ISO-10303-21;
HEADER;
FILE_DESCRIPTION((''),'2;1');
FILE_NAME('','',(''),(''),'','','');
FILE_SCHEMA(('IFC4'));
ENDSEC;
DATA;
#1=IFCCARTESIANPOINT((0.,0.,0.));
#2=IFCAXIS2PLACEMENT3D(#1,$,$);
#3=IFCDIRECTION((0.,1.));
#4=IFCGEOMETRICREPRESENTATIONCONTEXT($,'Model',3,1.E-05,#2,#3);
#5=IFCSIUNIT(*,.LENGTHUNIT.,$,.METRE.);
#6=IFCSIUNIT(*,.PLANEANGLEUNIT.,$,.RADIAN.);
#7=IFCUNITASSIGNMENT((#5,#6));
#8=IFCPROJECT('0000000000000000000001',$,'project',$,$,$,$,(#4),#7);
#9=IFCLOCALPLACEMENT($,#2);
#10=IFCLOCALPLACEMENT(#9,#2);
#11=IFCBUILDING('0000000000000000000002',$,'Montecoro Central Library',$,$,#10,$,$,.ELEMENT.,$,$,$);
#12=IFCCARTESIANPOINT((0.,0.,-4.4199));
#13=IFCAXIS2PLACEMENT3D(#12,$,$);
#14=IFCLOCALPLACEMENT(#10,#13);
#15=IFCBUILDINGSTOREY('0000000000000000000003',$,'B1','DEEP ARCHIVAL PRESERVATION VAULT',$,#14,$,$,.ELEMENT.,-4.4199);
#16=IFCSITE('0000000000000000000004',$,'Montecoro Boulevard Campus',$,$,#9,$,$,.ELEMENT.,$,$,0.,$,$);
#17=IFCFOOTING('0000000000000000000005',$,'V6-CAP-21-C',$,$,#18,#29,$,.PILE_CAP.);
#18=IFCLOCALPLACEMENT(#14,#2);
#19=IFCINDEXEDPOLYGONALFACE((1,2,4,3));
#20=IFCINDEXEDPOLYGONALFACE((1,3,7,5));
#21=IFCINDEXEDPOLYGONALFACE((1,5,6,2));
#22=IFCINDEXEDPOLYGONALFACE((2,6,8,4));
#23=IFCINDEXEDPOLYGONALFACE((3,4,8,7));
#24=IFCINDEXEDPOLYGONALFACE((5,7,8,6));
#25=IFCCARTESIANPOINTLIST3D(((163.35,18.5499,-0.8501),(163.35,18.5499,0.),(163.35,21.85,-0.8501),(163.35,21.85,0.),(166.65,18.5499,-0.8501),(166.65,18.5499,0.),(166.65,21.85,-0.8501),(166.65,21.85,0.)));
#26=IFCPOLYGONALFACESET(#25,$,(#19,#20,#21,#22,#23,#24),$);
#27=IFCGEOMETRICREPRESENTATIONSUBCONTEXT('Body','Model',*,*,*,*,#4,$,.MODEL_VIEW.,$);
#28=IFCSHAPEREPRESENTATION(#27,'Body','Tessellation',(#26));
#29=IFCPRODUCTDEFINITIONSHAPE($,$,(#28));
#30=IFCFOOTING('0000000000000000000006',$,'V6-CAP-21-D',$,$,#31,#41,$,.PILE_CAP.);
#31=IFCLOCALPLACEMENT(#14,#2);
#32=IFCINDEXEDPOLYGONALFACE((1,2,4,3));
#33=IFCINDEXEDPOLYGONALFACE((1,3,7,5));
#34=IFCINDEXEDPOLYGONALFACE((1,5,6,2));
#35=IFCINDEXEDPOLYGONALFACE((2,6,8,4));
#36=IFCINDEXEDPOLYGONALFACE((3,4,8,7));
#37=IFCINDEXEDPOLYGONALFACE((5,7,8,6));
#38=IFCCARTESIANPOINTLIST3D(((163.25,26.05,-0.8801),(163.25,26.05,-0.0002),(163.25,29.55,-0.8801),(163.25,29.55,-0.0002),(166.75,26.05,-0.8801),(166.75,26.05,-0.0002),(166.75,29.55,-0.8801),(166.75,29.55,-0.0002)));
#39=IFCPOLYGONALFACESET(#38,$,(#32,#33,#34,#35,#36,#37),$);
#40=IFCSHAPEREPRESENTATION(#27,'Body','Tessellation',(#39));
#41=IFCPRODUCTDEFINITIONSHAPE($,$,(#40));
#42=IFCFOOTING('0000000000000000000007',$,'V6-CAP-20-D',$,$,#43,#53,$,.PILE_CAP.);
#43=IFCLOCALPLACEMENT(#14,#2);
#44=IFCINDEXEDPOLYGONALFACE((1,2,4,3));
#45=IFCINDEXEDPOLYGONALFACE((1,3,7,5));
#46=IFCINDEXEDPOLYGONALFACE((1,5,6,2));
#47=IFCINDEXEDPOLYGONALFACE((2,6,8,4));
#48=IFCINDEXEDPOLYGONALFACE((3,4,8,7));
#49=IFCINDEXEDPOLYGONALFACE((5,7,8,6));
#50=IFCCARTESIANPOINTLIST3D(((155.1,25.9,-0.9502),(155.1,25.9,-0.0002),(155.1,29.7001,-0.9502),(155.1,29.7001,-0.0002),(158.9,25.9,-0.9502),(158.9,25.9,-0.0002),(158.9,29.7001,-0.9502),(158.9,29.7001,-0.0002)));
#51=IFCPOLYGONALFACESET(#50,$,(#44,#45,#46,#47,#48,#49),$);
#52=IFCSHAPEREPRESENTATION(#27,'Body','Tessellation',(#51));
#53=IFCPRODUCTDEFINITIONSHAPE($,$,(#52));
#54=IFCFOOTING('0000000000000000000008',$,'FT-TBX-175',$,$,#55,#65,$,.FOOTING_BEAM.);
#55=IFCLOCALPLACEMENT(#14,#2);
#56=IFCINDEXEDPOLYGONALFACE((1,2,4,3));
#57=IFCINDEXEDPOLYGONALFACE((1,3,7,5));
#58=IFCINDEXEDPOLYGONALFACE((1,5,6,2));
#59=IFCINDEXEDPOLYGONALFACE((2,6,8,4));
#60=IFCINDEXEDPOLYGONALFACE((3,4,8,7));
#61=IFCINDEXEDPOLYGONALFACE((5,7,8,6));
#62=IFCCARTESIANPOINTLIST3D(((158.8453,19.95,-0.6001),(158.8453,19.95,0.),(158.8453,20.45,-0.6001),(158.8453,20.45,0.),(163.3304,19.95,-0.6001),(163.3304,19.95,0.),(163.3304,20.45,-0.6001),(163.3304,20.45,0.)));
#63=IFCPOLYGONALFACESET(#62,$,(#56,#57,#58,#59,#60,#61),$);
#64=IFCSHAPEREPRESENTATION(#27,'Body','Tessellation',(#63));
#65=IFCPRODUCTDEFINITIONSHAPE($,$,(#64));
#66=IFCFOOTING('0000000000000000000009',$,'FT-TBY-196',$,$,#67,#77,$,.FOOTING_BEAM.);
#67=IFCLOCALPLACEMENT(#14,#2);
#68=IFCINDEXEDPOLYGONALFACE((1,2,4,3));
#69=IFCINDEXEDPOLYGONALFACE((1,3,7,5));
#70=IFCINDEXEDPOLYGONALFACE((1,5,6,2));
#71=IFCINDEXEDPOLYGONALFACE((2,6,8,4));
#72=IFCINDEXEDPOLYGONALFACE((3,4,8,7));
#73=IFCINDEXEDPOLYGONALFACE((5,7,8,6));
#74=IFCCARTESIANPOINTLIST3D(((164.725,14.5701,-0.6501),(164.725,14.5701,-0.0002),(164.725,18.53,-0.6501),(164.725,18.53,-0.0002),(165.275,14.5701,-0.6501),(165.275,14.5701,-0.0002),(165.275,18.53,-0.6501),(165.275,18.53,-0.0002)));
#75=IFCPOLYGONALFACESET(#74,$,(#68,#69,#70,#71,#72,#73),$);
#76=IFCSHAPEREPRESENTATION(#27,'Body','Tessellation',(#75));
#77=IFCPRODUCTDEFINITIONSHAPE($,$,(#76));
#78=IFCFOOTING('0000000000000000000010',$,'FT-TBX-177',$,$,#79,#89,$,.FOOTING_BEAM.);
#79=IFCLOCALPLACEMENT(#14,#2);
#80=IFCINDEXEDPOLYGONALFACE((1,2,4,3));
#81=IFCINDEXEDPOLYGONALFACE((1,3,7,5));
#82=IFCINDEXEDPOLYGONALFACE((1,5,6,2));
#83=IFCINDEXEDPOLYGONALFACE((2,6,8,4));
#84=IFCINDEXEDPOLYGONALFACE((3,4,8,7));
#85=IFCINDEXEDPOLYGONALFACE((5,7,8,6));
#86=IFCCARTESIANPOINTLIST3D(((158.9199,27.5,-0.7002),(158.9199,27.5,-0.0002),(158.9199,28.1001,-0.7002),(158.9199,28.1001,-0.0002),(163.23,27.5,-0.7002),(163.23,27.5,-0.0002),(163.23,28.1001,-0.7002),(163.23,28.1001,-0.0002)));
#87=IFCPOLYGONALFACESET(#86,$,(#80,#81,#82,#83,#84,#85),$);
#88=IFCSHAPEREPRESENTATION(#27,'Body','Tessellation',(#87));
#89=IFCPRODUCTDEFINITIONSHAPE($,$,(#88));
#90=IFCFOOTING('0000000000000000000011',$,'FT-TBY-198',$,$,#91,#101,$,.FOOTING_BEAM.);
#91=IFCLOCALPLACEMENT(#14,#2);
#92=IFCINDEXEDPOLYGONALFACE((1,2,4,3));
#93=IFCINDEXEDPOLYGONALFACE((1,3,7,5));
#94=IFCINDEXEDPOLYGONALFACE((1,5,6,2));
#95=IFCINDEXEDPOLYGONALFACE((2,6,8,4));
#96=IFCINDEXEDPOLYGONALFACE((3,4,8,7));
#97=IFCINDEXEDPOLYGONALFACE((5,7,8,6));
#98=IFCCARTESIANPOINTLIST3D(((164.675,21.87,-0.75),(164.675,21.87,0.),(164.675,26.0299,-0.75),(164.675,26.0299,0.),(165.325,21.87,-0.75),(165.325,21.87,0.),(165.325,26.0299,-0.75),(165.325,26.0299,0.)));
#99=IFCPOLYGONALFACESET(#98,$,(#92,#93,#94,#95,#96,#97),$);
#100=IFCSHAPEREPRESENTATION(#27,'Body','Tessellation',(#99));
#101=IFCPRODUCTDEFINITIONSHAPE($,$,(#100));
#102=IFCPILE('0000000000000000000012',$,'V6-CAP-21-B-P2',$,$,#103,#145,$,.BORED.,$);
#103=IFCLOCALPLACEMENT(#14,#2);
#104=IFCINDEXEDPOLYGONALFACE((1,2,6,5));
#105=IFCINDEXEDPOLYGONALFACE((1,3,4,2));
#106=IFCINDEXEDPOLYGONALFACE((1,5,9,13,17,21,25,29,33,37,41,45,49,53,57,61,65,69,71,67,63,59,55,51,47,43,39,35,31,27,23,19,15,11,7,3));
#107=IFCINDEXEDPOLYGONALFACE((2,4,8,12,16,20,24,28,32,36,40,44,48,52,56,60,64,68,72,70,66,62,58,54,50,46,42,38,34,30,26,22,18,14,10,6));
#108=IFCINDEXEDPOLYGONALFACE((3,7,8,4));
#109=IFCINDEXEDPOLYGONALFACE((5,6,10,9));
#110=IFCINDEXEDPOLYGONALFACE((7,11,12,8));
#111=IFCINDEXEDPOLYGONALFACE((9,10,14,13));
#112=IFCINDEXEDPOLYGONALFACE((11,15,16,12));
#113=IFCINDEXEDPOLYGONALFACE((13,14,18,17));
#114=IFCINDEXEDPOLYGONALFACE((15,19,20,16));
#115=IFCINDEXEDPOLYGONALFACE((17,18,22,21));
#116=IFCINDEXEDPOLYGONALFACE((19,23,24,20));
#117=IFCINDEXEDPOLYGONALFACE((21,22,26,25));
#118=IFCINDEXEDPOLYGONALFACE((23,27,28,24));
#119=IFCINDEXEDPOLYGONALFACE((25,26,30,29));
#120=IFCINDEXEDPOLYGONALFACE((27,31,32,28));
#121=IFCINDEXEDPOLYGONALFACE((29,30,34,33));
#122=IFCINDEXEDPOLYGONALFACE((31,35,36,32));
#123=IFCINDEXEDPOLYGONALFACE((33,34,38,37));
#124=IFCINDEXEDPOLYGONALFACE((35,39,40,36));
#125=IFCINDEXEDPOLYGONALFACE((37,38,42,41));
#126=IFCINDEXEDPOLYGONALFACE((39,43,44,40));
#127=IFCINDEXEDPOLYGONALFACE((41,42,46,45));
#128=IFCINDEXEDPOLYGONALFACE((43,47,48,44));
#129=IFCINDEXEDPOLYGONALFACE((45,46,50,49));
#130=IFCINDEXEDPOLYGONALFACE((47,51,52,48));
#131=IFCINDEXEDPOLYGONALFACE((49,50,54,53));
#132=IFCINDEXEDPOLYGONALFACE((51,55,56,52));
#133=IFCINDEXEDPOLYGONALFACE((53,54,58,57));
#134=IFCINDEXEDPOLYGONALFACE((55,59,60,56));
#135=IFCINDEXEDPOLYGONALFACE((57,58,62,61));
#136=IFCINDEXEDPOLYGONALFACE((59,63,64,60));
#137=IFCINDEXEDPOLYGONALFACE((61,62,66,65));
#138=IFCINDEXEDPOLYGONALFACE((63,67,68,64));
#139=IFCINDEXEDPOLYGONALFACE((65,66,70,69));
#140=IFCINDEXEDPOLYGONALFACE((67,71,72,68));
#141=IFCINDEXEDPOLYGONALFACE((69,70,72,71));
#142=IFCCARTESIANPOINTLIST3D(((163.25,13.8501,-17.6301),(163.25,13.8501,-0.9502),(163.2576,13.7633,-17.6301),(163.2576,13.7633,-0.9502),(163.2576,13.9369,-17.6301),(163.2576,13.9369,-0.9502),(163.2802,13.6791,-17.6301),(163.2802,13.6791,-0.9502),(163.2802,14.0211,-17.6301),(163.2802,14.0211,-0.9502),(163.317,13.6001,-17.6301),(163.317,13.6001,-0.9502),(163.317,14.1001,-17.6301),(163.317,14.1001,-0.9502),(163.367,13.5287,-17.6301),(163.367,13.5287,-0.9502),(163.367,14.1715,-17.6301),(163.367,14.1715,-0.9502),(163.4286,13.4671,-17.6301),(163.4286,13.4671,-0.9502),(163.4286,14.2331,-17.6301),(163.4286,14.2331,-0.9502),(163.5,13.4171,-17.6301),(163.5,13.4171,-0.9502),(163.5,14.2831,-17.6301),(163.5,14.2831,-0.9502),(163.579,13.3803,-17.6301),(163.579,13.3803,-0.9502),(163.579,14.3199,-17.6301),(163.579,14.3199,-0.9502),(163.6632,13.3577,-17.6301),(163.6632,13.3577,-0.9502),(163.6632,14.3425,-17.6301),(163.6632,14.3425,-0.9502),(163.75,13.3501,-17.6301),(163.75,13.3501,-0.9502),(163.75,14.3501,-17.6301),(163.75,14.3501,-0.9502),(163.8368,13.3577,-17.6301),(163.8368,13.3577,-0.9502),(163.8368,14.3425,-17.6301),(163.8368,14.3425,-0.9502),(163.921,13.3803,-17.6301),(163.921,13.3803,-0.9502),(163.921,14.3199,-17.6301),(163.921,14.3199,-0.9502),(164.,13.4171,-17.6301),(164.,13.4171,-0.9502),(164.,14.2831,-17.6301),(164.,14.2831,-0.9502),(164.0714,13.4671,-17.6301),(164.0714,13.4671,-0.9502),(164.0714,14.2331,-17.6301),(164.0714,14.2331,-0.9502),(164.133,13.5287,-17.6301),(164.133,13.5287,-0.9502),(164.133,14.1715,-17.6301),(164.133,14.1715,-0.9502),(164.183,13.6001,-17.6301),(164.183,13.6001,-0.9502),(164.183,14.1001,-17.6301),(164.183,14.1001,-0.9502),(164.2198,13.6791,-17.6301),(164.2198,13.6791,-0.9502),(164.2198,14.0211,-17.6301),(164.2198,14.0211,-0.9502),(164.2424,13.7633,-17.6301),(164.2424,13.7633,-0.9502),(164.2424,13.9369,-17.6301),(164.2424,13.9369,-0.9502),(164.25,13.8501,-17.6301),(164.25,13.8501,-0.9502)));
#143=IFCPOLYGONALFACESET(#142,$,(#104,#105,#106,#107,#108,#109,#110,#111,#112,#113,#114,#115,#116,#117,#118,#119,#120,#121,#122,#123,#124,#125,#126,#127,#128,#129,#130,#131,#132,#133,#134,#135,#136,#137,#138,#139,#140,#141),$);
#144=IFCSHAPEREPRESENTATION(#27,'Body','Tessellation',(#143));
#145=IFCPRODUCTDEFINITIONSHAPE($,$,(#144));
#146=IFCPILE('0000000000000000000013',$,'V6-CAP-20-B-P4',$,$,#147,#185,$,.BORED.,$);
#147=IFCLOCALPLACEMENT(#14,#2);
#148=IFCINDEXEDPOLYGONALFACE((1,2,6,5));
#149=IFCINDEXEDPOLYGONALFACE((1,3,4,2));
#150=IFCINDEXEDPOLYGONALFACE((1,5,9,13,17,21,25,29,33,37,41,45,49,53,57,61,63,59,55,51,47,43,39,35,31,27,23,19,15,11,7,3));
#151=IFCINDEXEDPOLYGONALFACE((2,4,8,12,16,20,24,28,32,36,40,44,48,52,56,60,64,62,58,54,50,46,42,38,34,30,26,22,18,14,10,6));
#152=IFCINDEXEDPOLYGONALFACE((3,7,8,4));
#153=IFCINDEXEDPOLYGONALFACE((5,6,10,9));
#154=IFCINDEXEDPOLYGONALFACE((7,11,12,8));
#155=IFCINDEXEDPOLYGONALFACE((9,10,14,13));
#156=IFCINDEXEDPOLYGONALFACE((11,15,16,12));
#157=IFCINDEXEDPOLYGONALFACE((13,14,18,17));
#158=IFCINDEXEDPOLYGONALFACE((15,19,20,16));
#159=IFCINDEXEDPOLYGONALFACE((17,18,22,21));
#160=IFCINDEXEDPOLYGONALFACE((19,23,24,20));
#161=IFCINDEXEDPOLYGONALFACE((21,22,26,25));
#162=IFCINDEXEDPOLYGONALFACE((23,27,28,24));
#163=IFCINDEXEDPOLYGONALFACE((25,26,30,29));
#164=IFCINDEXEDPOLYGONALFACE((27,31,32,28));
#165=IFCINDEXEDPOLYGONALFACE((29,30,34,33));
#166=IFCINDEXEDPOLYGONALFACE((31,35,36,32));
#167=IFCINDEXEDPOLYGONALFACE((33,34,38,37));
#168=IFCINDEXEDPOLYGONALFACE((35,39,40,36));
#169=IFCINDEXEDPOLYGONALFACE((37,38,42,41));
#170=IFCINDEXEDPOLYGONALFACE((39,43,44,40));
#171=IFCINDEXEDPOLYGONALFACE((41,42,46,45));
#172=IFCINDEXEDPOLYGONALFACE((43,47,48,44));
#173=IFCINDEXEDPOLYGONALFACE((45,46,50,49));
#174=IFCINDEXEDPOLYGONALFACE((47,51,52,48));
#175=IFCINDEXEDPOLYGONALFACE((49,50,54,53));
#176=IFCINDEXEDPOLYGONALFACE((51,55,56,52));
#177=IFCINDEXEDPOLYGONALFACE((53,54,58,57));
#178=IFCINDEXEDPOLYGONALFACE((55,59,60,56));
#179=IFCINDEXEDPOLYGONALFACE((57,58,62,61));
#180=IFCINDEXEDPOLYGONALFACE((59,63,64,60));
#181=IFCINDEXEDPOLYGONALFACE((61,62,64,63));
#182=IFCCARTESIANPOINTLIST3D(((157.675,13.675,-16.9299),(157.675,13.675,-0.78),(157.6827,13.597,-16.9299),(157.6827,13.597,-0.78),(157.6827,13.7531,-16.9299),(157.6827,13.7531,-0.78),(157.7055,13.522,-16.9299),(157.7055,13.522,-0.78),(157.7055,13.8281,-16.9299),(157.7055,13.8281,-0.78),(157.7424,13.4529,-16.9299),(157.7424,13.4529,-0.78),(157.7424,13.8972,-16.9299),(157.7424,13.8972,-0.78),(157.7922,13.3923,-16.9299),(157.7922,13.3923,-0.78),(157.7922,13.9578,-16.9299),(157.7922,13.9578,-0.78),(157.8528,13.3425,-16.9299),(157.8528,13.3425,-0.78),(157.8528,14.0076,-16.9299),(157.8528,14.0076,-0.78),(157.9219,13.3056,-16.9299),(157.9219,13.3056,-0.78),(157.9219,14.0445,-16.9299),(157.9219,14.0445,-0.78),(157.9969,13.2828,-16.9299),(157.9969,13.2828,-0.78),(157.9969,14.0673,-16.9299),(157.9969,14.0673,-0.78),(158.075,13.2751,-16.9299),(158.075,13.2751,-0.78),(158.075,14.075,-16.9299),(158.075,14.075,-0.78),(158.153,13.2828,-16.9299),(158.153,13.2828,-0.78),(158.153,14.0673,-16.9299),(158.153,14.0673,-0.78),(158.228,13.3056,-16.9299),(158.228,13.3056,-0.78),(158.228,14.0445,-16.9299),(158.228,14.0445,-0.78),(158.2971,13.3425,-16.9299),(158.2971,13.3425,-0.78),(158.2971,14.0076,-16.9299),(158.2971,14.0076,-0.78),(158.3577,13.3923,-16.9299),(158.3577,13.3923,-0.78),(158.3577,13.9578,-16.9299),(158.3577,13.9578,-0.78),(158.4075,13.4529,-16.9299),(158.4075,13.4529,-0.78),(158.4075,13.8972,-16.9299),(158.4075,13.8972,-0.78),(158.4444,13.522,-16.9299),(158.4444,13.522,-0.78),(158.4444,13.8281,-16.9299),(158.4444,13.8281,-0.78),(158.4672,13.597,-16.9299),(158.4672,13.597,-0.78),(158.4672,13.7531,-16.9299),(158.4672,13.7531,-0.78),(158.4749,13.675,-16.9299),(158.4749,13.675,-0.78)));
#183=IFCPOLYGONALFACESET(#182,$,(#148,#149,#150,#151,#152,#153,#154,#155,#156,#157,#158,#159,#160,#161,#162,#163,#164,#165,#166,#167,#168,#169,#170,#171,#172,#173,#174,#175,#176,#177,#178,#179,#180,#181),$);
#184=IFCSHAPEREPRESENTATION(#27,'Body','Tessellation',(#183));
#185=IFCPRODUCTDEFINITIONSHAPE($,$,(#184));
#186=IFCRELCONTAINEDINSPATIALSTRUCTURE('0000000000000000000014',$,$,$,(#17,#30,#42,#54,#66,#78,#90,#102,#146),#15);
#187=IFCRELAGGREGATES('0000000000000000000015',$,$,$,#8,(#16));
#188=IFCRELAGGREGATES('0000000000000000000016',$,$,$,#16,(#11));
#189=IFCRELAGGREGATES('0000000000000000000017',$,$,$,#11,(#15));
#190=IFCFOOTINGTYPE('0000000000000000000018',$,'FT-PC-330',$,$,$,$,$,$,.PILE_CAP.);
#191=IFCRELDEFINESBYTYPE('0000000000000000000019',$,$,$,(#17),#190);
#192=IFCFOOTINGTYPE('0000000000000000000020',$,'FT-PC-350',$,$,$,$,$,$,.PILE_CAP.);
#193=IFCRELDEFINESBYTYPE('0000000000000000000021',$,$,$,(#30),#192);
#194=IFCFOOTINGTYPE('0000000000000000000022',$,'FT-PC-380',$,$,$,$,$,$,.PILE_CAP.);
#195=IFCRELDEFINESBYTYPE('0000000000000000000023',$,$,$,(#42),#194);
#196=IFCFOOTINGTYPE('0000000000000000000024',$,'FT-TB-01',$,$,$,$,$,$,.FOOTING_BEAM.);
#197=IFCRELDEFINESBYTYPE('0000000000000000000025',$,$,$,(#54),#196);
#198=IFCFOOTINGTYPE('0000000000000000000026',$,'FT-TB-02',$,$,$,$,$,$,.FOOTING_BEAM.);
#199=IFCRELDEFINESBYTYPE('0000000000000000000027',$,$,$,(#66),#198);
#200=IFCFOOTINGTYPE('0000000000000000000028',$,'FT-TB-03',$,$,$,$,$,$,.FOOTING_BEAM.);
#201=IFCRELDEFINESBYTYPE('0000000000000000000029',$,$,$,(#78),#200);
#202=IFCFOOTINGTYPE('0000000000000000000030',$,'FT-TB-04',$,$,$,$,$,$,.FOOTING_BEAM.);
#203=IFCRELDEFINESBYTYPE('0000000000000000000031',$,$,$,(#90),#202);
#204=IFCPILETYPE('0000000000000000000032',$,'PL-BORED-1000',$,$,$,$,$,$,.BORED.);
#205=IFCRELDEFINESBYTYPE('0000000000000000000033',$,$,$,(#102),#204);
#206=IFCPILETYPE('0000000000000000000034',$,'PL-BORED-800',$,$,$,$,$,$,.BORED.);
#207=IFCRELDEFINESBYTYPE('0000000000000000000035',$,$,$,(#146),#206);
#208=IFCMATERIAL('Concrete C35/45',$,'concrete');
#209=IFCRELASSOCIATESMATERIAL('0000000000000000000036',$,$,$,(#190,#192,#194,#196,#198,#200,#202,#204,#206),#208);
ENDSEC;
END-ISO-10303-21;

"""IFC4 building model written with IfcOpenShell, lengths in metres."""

from ifc_helpers import new_model, si_unit, direction, frame, origin, origin_2d, place, context, subcontext, project, spatial, rectangle, circle, extrude, material, material_profile, profile_set, type_object, element, save


model = new_model("IFC4")

# Units and contexts
model_context = context("Model", 3, precision=1e-05, world=origin(), true_north=direction((0.0, 1.0)))
body_context = subcontext(model_context, "Body", "Model", "MODEL_VIEW")
ifc_project = project(units=[si_unit("LENGTHUNIT", "METRE"), si_unit("PLANEANGLEUNIT", "RADIAN")], contexts=[model_context])

# Site, building, storey
site_placement = place(None, origin())
site = spatial("IfcSite", under=ifc_project, at=site_placement, Name="Montecoro Boulevard Campus", CompositionType="ELEMENT", RefElevation=0.0)
building_placement = place(site_placement, origin())
building = spatial("IfcBuilding", under=site, at=building_placement, Name="Montecoro Central Library", CompositionType="ELEMENT")
storey_placement = place(building_placement, frame((0.0, 0.0, -4.4199)))
storey = spatial("IfcBuildingStorey", under=building, at=storey_placement, Name="B1", Description="DEEP ARCHIVAL PRESERVATION VAULT", CompositionType="ELEMENT", Elevation=-4.4199)

# Footings
ifc_material_1 = material(Name="Concrete C35/45", Category="concrete")
footing_type_1 = type_object("IfcFootingType", Name="FT-PC-330", PredefinedType="PILE_CAP", material=ifc_material_1)
footing_1_placement = place(storey_placement, frame((165.0, 20.2, -0.8501), z_axis=(0.0, 0.0, 1.0), x_axis=(1.0, 0.0, 0.0)))
element("IfcFooting", 1, at=footing_1_placement, inside=storey, type_object=footing_type_1, Name="V6-CAP-21-C", PredefinedType="PILE_CAP", context=body_context, shape_type="SweptSolid", body=[
    extrude(rectangle(XDim=3.3, YDim=3.3, at=origin_2d()), origin(), (0.0, 0.0, 1.0), 0.8501),
])
footing_type_2 = type_object("IfcFootingType", Name="FT-PC-350", PredefinedType="PILE_CAP", material=ifc_material_1)
footing_2_placement = place(storey_placement, frame((165.0, 27.8, -0.8801), z_axis=(0.0, 0.0, 1.0), x_axis=(1.0, 0.0, 0.0)))
element("IfcFooting", 2, at=footing_2_placement, inside=storey, type_object=footing_type_2, Name="V6-CAP-21-D", PredefinedType="PILE_CAP", context=body_context, shape_type="SweptSolid", body=[
    extrude(rectangle(XDim=3.5, YDim=3.5, at=origin_2d()), origin(), (0.0, 0.0, 1.0), 0.8799),
])
footing_type_3 = type_object("IfcFootingType", Name="FT-PC-380", PredefinedType="PILE_CAP", material=ifc_material_1)
footing_3_placement = place(storey_placement, frame((157.0, 27.8, -0.9502), z_axis=(0.0, 0.0, 1.0), x_axis=(1.0, 0.0, 0.0)))
element("IfcFooting", 3, at=footing_3_placement, inside=storey, type_object=footing_type_3, Name="V6-CAP-20-D", PredefinedType="PILE_CAP", context=body_context, shape_type="SweptSolid", body=[
    extrude(rectangle(XDim=3.8, YDim=3.8, at=origin_2d()), origin(), (0.0, 0.0, 1.0), 0.95),
])
footing_type_4 = type_object("IfcFootingType", Name="FT-TB-01", PredefinedType="FOOTING_BEAM", material=ifc_material_1)
footing_4_placement = place(storey_placement, frame((161.0879, 20.2, -0.6001), z_axis=(0.0, 0.0, 1.0), x_axis=(1.0, 0.0, 0.0)))
element("IfcFooting", 4, at=footing_4_placement, inside=storey, type_object=footing_type_4, Name="FT-TBX-175", PredefinedType="FOOTING_BEAM", context=body_context, shape_type="SweptSolid", body=[
    extrude(rectangle(XDim=4.4851, YDim=0.5, at=origin_2d()), origin(), (0.0, 0.0, 1.0), 0.6001),
])
footing_type_5 = type_object("IfcFootingType", Name="FT-TB-02", PredefinedType="FOOTING_BEAM", material=ifc_material_1)
footing_5_placement = place(storey_placement, frame((165.0, 16.55, -0.6501), z_axis=(0.0, 0.0, 1.0), x_axis=(1.0, 0.0, 0.0)))
element("IfcFooting", 5, at=footing_5_placement, inside=storey, type_object=footing_type_5, Name="FT-TBY-196", PredefinedType="FOOTING_BEAM", context=body_context, shape_type="SweptSolid", body=[
    extrude(rectangle(XDim=0.55, YDim=3.96, at=origin_2d()), origin(), (0.0, 0.0, 1.0), 0.6499),
])
footing_type_6 = type_object("IfcFootingType", Name="FT-TB-03", PredefinedType="FOOTING_BEAM", material=ifc_material_1)
footing_6_placement = place(storey_placement, frame((161.075, 27.8, -0.7002), z_axis=(0.0, 0.0, 1.0), x_axis=(1.0, 0.0, 0.0)))
element("IfcFooting", 6, at=footing_6_placement, inside=storey, type_object=footing_type_6, Name="FT-TBX-177", PredefinedType="FOOTING_BEAM", context=body_context, shape_type="SweptSolid", body=[
    extrude(rectangle(XDim=4.3101, YDim=0.6001, at=origin_2d()), origin(), (0.0, 0.0, 1.0), 0.7),
])
footing_type_7 = type_object("IfcFootingType", Name="FT-TB-04", PredefinedType="FOOTING_BEAM", material=ifc_material_1)
footing_7_placement = place(storey_placement, frame((165.0, 23.95, -0.75), z_axis=(0.0, 0.0, 1.0), x_axis=(1.0, 0.0, 0.0)))
element("IfcFooting", 7, at=footing_7_placement, inside=storey, type_object=footing_type_7, Name="FT-TBY-198", PredefinedType="FOOTING_BEAM", context=body_context, shape_type="SweptSolid", body=[
    extrude(rectangle(XDim=0.6499, YDim=4.1599, at=origin_2d()), origin(), (0.0, 0.0, 1.0), 0.75),
])

# Piles
ifc_material_profile_1 = material_profile(ifc_material_1, circle(Radius=0.5, at=origin_2d()), Name="PILE D1000")
ifc_profile_set_1 = profile_set([ifc_material_profile_1], Name="Concrete C35/45")
pile_type_1 = type_object("IfcPileType", Name="PL-BORED-1000", PredefinedType="BORED", material=ifc_profile_set_1)
pile_1_placement = place(storey_placement, frame((163.75, 13.8501, -0.9502), z_axis=(0.0, 0.0, -1.0), x_axis=(1.0, 0.0, 0.0)))
element("IfcPile", 8, at=pile_1_placement, inside=storey, type_object=pile_type_1, Name="V6-CAP-21-B-P2", PredefinedType="BORED", context=body_context, shape_type="SweptSolid", body=[
    extrude(circle(Radius=0.5, at=origin_2d()), origin(), (0.0, 0.0, 1.0), 16.6799),
])
ifc_material_profile_2 = material_profile(ifc_material_1, circle(Radius=0.3999, at=origin_2d()), Name="PILE D800")
ifc_profile_set_2 = profile_set([ifc_material_profile_2], Name="Concrete C35/45")
pile_type_2 = type_object("IfcPileType", Name="PL-BORED-800", PredefinedType="BORED", material=ifc_profile_set_2)
pile_2_placement = place(storey_placement, frame((158.075, 13.675, -0.78), z_axis=(0.0, 0.0, -1.0), x_axis=(1.0, 0.0, 0.0)))
element("IfcPile", 9, at=pile_2_placement, inside=storey, type_object=pile_type_2, Name="V6-CAP-20-B-P4", PredefinedType="BORED", context=body_context, shape_type="SweptSolid", body=[
    extrude(circle(Radius=0.3999, at=origin_2d()), origin(), (0.0, 0.0, 1.0), 16.1499),
])

save(model, "model.ifc")
